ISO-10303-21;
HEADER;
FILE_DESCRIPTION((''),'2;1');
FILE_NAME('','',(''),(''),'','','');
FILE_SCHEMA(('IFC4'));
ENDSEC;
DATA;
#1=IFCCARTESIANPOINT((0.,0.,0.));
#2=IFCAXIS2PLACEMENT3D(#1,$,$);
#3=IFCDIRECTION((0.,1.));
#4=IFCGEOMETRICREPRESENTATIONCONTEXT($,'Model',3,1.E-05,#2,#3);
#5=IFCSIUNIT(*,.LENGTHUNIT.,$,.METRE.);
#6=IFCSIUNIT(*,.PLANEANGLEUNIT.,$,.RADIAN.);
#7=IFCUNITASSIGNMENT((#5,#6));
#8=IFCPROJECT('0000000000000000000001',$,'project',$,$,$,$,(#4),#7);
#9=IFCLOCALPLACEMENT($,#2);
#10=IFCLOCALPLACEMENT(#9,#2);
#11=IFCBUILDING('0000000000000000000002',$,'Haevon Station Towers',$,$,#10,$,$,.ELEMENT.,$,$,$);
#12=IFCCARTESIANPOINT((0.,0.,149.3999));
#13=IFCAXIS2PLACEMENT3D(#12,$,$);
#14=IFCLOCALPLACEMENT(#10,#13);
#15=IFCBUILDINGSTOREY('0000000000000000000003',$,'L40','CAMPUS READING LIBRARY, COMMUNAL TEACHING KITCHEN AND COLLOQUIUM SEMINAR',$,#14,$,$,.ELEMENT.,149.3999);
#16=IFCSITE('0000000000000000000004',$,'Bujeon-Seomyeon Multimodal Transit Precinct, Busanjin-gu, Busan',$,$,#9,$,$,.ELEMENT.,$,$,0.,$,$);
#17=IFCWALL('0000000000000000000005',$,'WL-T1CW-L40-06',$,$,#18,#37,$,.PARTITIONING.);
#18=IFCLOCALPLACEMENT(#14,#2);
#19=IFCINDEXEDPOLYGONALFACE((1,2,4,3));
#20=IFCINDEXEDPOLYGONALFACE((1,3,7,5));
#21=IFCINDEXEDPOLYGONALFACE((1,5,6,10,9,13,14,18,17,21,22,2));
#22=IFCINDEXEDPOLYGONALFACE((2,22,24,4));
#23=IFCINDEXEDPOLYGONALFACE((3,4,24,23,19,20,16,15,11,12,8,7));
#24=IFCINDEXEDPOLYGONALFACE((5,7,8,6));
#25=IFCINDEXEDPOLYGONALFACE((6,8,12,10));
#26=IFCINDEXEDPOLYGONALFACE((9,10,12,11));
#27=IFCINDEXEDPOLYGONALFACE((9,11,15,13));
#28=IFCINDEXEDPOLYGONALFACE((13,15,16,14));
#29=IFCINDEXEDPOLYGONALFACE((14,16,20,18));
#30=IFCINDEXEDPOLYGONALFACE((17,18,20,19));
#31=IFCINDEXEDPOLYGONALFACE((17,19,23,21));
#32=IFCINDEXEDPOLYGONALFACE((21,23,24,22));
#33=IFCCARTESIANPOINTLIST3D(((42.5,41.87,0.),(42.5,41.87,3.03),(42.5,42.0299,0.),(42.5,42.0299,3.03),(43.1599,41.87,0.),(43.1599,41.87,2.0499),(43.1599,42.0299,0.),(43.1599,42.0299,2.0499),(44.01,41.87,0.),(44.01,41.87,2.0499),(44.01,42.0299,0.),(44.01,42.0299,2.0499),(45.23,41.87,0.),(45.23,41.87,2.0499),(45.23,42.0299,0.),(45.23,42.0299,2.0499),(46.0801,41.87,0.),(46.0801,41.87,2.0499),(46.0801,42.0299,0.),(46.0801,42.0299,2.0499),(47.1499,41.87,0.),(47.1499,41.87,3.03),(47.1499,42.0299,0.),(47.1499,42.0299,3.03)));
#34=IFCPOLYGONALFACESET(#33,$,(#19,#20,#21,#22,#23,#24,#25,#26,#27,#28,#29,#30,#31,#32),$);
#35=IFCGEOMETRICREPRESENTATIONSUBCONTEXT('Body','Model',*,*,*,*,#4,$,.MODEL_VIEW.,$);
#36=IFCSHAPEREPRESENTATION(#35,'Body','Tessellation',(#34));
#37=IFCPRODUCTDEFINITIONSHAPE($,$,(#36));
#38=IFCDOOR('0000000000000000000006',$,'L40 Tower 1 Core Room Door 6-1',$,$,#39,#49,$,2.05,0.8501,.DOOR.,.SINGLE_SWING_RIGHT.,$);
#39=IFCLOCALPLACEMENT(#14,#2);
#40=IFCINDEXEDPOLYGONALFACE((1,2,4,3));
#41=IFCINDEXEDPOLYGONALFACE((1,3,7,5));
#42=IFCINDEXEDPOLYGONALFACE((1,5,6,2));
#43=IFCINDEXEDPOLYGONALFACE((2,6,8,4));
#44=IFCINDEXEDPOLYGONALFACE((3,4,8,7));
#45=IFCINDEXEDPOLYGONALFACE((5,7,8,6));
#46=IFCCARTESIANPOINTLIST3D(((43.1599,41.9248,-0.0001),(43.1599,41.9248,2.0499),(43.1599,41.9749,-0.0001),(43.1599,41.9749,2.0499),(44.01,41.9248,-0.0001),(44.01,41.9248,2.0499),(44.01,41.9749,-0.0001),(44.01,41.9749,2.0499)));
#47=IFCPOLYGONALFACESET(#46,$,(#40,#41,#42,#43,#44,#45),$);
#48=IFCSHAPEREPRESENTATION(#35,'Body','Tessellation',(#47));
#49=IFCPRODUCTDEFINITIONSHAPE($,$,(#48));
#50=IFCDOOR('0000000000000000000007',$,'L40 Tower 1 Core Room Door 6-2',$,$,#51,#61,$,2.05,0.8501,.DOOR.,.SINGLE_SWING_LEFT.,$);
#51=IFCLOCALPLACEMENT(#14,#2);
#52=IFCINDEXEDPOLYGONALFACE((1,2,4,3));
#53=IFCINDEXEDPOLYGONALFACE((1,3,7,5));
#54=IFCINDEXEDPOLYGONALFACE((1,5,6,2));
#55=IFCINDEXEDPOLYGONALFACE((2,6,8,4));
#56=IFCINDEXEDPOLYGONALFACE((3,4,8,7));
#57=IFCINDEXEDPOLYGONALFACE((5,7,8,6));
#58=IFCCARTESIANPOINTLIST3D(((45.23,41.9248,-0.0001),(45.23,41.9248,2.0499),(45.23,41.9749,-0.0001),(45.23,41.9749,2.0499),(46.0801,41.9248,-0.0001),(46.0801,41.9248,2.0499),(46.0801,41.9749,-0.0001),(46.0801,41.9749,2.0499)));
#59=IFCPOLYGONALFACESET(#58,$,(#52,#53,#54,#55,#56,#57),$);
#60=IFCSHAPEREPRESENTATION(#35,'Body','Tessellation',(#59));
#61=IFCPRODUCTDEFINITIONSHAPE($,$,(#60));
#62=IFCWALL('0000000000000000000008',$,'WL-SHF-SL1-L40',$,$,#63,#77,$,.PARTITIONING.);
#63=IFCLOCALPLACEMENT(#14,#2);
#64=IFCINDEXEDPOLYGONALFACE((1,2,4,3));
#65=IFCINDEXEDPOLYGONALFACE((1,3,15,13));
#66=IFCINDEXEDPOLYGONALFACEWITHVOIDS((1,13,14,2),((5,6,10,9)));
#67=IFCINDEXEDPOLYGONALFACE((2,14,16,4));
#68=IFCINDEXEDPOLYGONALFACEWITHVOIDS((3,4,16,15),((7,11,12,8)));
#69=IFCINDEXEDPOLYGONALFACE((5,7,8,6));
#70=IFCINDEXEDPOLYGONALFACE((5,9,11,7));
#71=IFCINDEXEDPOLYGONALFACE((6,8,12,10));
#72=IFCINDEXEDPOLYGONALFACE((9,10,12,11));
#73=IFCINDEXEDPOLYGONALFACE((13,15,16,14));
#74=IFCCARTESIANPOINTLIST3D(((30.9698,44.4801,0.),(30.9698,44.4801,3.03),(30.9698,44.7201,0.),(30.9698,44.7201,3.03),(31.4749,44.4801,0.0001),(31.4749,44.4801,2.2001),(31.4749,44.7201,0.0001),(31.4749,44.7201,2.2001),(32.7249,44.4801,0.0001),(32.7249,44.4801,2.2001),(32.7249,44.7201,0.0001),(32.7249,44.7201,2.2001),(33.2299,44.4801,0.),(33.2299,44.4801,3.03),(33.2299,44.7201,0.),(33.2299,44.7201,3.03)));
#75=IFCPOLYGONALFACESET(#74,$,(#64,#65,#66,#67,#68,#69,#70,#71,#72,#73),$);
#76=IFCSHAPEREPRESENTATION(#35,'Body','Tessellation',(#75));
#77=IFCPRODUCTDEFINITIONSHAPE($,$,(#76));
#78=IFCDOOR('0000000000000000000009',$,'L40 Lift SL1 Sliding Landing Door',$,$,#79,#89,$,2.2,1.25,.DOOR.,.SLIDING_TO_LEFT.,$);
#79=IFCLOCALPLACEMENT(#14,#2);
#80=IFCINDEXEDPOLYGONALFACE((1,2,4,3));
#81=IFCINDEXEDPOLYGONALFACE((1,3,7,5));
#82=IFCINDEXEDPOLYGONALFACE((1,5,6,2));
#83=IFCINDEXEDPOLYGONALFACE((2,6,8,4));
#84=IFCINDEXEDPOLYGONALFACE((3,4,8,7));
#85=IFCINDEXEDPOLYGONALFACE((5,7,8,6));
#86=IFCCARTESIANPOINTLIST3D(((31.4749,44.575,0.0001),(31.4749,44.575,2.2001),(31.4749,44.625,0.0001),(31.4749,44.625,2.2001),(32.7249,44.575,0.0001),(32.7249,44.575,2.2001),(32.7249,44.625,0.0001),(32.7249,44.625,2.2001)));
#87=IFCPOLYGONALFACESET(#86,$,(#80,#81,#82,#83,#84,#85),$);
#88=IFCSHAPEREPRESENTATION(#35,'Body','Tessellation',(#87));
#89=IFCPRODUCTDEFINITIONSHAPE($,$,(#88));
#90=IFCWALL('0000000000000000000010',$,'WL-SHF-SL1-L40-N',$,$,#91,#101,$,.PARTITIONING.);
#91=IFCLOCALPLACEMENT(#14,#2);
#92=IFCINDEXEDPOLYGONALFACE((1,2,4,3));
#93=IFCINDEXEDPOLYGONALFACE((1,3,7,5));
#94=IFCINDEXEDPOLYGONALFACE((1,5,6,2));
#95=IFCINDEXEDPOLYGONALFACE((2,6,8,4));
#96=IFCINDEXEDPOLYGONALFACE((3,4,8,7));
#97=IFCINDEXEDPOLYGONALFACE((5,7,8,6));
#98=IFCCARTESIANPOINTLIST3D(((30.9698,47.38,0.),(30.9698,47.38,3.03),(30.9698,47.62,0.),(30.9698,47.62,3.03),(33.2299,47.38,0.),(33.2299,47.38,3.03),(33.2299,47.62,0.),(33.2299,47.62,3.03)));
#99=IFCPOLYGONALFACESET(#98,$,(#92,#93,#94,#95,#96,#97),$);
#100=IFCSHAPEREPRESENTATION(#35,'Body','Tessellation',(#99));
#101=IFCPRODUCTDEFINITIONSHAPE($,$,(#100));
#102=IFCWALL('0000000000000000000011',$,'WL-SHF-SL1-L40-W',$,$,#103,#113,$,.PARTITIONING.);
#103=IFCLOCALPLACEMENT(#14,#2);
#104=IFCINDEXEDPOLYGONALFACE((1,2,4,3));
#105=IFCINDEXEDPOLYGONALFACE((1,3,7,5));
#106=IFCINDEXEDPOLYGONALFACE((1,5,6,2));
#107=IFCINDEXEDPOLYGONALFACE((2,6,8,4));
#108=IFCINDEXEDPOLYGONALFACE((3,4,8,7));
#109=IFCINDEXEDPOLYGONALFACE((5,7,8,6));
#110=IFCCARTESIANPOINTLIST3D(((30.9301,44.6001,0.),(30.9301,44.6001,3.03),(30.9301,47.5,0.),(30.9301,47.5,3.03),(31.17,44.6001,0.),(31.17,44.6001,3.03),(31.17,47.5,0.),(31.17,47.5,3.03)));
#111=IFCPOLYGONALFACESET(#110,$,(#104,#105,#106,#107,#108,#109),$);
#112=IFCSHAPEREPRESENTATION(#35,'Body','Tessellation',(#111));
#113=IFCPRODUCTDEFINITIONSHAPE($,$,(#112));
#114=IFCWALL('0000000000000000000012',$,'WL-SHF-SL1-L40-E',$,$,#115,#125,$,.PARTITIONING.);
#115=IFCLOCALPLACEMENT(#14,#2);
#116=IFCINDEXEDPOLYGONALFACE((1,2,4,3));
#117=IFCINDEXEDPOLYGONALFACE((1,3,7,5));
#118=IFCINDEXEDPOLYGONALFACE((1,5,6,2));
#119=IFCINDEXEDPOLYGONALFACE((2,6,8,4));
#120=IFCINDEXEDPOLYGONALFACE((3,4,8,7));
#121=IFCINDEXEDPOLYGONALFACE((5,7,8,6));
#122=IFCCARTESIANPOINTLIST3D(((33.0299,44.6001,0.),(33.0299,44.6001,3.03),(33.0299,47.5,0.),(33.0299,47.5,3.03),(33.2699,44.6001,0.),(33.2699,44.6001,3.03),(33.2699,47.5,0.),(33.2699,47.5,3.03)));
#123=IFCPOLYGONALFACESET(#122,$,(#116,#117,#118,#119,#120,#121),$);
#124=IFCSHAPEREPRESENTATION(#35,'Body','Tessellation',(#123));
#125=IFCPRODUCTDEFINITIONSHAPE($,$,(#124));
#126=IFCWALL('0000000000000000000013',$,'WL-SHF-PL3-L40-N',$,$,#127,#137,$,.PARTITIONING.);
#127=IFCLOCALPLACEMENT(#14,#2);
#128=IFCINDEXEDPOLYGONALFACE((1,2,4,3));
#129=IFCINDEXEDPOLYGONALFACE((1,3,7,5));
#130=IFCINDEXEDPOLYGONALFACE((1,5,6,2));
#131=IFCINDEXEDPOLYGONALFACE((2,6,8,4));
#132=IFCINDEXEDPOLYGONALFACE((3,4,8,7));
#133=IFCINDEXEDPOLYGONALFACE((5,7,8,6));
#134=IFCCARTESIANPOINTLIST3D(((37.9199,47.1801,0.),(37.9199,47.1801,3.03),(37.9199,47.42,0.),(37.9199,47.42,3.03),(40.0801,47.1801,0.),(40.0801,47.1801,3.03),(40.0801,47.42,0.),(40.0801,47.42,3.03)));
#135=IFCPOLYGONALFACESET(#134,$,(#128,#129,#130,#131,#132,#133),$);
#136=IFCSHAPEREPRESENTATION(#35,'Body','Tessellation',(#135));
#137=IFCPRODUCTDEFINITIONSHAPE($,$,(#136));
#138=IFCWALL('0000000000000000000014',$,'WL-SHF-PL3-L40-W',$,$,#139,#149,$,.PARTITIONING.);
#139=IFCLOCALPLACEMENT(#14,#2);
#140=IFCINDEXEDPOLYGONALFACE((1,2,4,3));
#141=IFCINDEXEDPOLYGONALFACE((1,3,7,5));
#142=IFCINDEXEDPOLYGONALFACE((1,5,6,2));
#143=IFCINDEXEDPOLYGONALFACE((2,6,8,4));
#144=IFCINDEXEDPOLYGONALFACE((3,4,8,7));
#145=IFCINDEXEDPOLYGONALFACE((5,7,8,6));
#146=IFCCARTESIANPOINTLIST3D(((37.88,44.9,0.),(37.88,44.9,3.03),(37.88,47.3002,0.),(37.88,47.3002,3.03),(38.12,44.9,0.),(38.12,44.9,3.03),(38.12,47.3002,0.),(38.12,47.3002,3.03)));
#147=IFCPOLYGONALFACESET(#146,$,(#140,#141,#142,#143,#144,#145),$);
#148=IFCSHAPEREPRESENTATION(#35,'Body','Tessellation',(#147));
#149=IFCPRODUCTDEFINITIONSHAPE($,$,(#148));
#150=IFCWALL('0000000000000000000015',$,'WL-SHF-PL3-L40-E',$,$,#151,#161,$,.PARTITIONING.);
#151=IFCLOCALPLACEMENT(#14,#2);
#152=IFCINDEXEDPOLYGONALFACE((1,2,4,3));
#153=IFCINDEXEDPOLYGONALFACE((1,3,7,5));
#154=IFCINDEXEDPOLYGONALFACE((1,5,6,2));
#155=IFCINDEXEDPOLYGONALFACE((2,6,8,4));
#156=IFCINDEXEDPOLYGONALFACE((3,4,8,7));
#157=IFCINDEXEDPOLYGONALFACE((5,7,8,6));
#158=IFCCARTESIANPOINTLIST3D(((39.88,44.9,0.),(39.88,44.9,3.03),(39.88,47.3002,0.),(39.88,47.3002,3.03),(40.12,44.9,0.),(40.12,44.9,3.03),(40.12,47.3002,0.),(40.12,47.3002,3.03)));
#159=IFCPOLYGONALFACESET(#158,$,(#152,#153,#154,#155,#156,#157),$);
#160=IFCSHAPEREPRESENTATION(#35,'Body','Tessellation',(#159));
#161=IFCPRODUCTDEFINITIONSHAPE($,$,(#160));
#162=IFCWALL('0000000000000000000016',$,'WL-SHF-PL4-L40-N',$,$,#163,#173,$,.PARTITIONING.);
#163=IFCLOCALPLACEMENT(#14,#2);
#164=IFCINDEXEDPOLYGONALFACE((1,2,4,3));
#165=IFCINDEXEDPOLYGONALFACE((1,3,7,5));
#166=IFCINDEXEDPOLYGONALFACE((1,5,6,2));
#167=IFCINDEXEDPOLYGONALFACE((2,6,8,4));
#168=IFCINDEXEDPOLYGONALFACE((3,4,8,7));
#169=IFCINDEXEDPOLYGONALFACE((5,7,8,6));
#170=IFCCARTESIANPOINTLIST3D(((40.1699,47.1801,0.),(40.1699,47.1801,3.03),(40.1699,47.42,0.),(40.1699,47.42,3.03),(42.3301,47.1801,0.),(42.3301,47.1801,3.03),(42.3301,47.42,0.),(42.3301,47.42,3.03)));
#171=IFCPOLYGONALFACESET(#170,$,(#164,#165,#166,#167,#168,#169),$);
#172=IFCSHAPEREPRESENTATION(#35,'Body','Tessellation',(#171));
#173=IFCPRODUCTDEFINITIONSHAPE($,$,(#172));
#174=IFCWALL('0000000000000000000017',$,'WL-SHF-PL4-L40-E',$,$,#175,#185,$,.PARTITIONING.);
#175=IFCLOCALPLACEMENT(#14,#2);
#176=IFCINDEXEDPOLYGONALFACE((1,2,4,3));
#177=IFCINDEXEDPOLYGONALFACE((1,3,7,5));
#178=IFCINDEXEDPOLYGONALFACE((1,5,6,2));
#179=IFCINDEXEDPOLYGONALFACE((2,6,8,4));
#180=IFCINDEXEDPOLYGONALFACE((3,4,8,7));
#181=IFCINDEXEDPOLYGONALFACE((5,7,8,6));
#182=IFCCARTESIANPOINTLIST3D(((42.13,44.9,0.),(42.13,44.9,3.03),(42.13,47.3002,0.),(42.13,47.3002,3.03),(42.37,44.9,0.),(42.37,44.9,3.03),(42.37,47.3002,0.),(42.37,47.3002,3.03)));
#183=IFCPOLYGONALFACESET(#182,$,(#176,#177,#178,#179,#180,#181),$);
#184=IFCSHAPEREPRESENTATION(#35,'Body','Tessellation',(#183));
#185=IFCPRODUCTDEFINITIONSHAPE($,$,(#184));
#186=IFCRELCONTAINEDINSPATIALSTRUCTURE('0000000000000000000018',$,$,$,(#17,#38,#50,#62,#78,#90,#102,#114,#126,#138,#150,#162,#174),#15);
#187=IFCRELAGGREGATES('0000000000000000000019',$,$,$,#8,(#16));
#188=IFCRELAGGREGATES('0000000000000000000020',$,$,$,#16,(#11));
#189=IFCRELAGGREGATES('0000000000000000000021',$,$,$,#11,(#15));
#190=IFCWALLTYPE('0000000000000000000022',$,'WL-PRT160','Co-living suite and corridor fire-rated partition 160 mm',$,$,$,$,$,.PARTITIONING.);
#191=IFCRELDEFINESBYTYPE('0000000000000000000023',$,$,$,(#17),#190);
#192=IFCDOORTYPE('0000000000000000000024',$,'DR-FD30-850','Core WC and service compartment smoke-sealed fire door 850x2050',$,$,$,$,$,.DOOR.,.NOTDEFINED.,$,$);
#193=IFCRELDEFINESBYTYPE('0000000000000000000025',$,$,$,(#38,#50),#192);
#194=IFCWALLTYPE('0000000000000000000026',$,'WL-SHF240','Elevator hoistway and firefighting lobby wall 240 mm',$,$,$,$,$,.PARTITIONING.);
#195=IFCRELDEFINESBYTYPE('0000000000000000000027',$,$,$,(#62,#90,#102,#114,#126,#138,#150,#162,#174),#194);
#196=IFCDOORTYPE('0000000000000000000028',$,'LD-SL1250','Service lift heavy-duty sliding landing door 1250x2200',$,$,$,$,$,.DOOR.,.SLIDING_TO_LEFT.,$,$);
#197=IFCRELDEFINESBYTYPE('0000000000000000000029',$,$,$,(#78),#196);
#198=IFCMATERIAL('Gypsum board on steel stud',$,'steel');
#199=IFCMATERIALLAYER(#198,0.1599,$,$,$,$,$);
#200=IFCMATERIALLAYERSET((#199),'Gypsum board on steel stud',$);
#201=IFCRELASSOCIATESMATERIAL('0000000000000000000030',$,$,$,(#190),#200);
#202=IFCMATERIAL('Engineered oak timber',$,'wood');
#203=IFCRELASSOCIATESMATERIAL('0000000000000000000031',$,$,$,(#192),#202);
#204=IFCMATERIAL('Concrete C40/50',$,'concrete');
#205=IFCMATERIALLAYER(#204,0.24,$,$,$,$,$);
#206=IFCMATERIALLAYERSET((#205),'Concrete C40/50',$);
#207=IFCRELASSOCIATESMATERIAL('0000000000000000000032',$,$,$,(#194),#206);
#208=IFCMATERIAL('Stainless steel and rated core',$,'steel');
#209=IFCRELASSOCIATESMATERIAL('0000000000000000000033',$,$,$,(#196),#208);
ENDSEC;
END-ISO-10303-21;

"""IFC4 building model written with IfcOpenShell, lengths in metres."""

from ifc_helpers import new_model, si_unit, direction, frame, frame_2d, origin, place, context, subcontext, project, spatial, rectangle, extrude, material, layer, layer_set, type_object, element, fill, save


model = new_model("IFC4")

# Units and contexts
model_context = context("Model", 3, precision=1e-05, world=origin(), true_north=direction((0.0, 1.0)))
body_context = subcontext(model_context, "Body", "Model", "MODEL_VIEW")
ifc_project = project(units=[si_unit("LENGTHUNIT", "METRE"), si_unit("PLANEANGLEUNIT", "RADIAN")], contexts=[model_context])

# Site, building, storey
site_placement = place(None, origin())
site = spatial("IfcSite", under=ifc_project, at=site_placement, Name="Bujeon-Seomyeon Multimodal Transit Precinct, Busanjin-gu, Busan", CompositionType="ELEMENT", RefElevation=0.0)
building_placement = place(site_placement, origin())
building = spatial("IfcBuilding", under=site, at=building_placement, Name="Haevon Station Towers", CompositionType="ELEMENT")
storey_placement = place(building_placement, frame((0.0, 0.0, 149.3999)))
storey = spatial("IfcBuildingStorey", under=building, at=storey_placement, Name="L40", Description="CAMPUS READING LIBRARY, COMMUNAL TEACHING KITCHEN AND COLLOQUIUM SEMINAR", CompositionType="ELEMENT", Elevation=149.3999)

# Shared definitions
ifc_material_1 = material(Name="Gypsum board on steel stud", Category="steel")
ifc_layer_1 = layer(ifc_material_1, 0.1599)
ifc_layer_set_1 = layer_set([ifc_layer_1], Name="Gypsum board on steel stud")
wall_type_1 = type_object("IfcWallType", Name="WL-PRT160", Description="Co-living suite and corridor fire-rated partition 160 mm", PredefinedType="PARTITIONING", material=ifc_layer_set_1)
ifc_material_2 = material(Name="Engineered oak timber", Category="wood")

# Wall, openings, doors
wall_1_placement = place(storey_placement, frame((42.5, 41.95, 0.0), z_axis=(0.0, 0.0, 1.0), x_axis=(1.0, 0.0, 0.0)))
wall_1 = element("IfcWall", 1, at=wall_1_placement, inside=storey, type_object=wall_type_1, Name="WL-T1CW-L40-06", PredefinedType="PARTITIONING", context=body_context, shape_type="SweptSolid", body=[
    extrude(rectangle(XDim=4.6499, YDim=0.1599, at=frame_2d((2.325, 0.0))), origin(), (0.0, 0.0, 1.0), 3.03),
])
opening_1_placement = place(wall_1_placement, frame((0.6599, 0.0, 0.0)))
opening_1 = element("IfcOpeningElement", 2, at=opening_1_placement, cuts=wall_1, PredefinedType="OPENING", context=body_context, shape_type="SweptSolid", body=[
    extrude(rectangle(XDim=0.8501, YDim=2.05, at=frame_2d((0.425, 1.0249))), frame((0.0, 0.0898, 0.0), z_axis=(0.0, -1.0, 0.0), x_axis=(1.0, 0.0, 0.0)), (0.0, 0.0, 1.0), 0.1799),
])
opening_2_placement = place(wall_1_placement, frame((2.73, 0.0, 0.0)))
opening_2 = element("IfcOpeningElement", 3, at=opening_2_placement, cuts=wall_1, PredefinedType="OPENING", context=body_context, shape_type="SweptSolid", body=[
    extrude(rectangle(XDim=0.8501, YDim=2.05, at=frame_2d((0.425, 1.0249))), frame((0.0, 0.0898, 0.0), z_axis=(0.0, -1.0, 0.0), x_axis=(1.0, 0.0, 0.0)), (0.0, 0.0, 1.0), 0.1799),
])
door_type_1 = type_object("IfcDoorType", Name="DR-FD30-850", Description="Core WC and service compartment smoke-sealed fire door 850x2050", OperationType="NOTDEFINED", PredefinedType="DOOR", material=ifc_material_2)
door_1_placement = place(opening_1_placement, origin())
door_1 = element("IfcDoor", 4, at=door_1_placement, inside=storey, type_object=door_type_1, Name="L40 Tower 1 Core Room Door 6-1", OperationType="SINGLE_SWING_RIGHT", OverallHeight=2.05, OverallWidth=0.8501, PredefinedType="DOOR", context=body_context, shape_type="SweptSolid", body=[
    extrude(rectangle(XDim=0.8501, YDim=2.05, at=frame_2d((0.425, 1.0249))), frame((0.0, 0.0249, 0.0), z_axis=(0.0, -1.0, 0.0), x_axis=(1.0, 0.0, 0.0)), (0.0, 0.0, 1.0), 0.05),
])
fill(opening_1, door_1)
door_2_placement = place(opening_2_placement, origin())
door_2 = element("IfcDoor", 5, at=door_2_placement, inside=storey, type_object=door_type_1, Name="L40 Tower 1 Core Room Door 6-2", OperationType="SINGLE_SWING_LEFT", OverallHeight=2.05, OverallWidth=0.8501, PredefinedType="DOOR", context=body_context, shape_type="SweptSolid", body=[
    extrude(rectangle(XDim=0.8501, YDim=2.05, at=frame_2d((0.425, 1.0249))), frame((0.0, 0.0249, 0.0), z_axis=(0.0, -1.0, 0.0), x_axis=(1.0, 0.0, 0.0)), (0.0, 0.0, 1.0), 0.05),
])
fill(opening_2, door_2)

# Wall, opening, door
ifc_material_3 = material(Name="Concrete C40/50", Category="concrete")
ifc_layer_2 = layer(ifc_material_3, 0.24)
ifc_layer_set_2 = layer_set([ifc_layer_2], Name="Concrete C40/50")
wall_type_2 = type_object("IfcWallType", Name="WL-SHF240", Description="Elevator hoistway and firefighting lobby wall 240 mm", PredefinedType="PARTITIONING", material=ifc_layer_set_2)
wall_2_placement = place(storey_placement, frame((30.97, 44.6001, 0.0), z_axis=(0.0, 0.0, 1.0), x_axis=(1.0, 0.0, 0.0)))
wall_2 = element("IfcWall", 6, at=wall_2_placement, inside=storey, type_object=wall_type_2, Name="WL-SHF-SL1-L40", PredefinedType="PARTITIONING", context=body_context, shape_type="SweptSolid", body=[
    extrude(rectangle(XDim=2.26, YDim=0.24, at=frame_2d((1.1299, 0.0))), origin(), (0.0, 0.0, 1.0), 3.03),
])
opening_3_placement = place(wall_2_placement, frame((0.5049, 0.0, 0.0)))
opening_3 = element("IfcOpeningElement", 7, at=opening_3_placement, cuts=wall_2, PredefinedType="OPENING", context=body_context, shape_type="SweptSolid", body=[
    extrude(rectangle(XDim=1.25, YDim=2.2, at=frame_2d((0.625, 1.1001))), frame((0.0, 0.1299, 0.0), z_axis=(0.0, -1.0, 0.0), x_axis=(1.0, 0.0, 0.0)), (0.0, 0.0, 1.0), 0.26),
])
ifc_material_4 = material(Name="Stainless steel and rated core", Category="steel")
door_type_2 = type_object("IfcDoorType", Name="LD-SL1250", Description="Service lift heavy-duty sliding landing door 1250x2200", OperationType="SLIDING_TO_LEFT", PredefinedType="DOOR", material=ifc_material_4)
door_3_placement = place(opening_3_placement, origin())
door_3 = element("IfcDoor", 8, at=door_3_placement, inside=storey, type_object=door_type_2, Name="L40 Lift SL1 Sliding Landing Door", OperationType="SLIDING_TO_LEFT", OverallHeight=2.2, OverallWidth=1.25, PredefinedType="DOOR", context=body_context, shape_type="SweptSolid", body=[
    extrude(rectangle(XDim=1.25, YDim=2.2, at=frame_2d((0.625, 1.1001))), frame((0.0, 0.0249, 0.0), z_axis=(0.0, -1.0, 0.0), x_axis=(1.0, 0.0, 0.0)), (0.0, 0.0, 1.0), 0.05),
])
fill(opening_3, door_3)

# Walls
wall_3_placement = place(storey_placement, frame((30.97, 47.5, 0.0), z_axis=(0.0, 0.0, 1.0), x_axis=(1.0, 0.0, 0.0)))
element("IfcWall", 9, at=wall_3_placement, inside=storey, type_object=wall_type_2, Name="WL-SHF-SL1-L40-N", PredefinedType="PARTITIONING", context=body_context, shape_type="SweptSolid", body=[
    extrude(rectangle(XDim=2.26, YDim=0.24, at=frame_2d((1.1299, 0.0))), origin(), (0.0, 0.0, 1.0), 3.03),
])
for number, where, z_axis, x_axis, name in (
    (10, (31.05, 44.6001, 0.0), (0.0, 0.0, 1.0), (0.0, 1.0, 0.0), "WL-SHF-SL1-L40-W"),
    (11, (33.1499, 44.6001, 0.0), (0.0, 0.0, 1.0), (0.0, 1.0, 0.0), "WL-SHF-SL1-L40-E"),
):
    element("IfcWall", number, at=place(storey_placement, frame(where, z_axis=z_axis, x_axis=x_axis)), inside=storey, type_object=wall_type_2, Name=name, PredefinedType="PARTITIONING", context=body_context, shape_type="SweptSolid", body=[
        extrude(rectangle(XDim=2.8999, YDim=0.24, at=frame_2d((1.45, 0.0))), origin(), (0.0, 0.0, 1.0), 3.03),
    ])

# Walls
wall_4_placement = place(storey_placement, frame((37.9199, 47.3, 0.0), z_axis=(0.0, 0.0, 1.0), x_axis=(1.0, 0.0, 0.0)))
element("IfcWall", 12, at=wall_4_placement, inside=storey, type_object=wall_type_2, Name="WL-SHF-PL3-L40-N", PredefinedType="PARTITIONING", context=body_context, shape_type="SweptSolid", body=[
    extrude(rectangle(XDim=2.1602, YDim=0.24, at=frame_2d((1.0801, 0.0))), origin(), (0.0, 0.0, 1.0), 3.03),
])
for number, where, z_axis, x_axis, name in (
    (13, (38.0, 44.8999, 0.0), (0.0, 0.0, 1.0), (0.0, 1.0, 0.0), "WL-SHF-PL3-L40-W"),
    (14, (40.0, 44.8999, 0.0), (0.0, 0.0, 1.0), (0.0, 1.0, 0.0), "WL-SHF-PL3-L40-E"),
):
    element("IfcWall", number, at=place(storey_placement, frame(where, z_axis=z_axis, x_axis=x_axis)), inside=storey, type_object=wall_type_2, Name=name, PredefinedType="PARTITIONING", context=body_context, shape_type="SweptSolid", body=[
        extrude(rectangle(XDim=2.4001, YDim=0.24, at=frame_2d((1.2002, 0.0))), origin(), (0.0, 0.0, 1.0), 3.03),
    ])

# Walls
wall_5_placement = place(storey_placement, frame((40.1699, 47.3, 0.0), z_axis=(0.0, 0.0, 1.0), x_axis=(1.0, 0.0, 0.0)))
element("IfcWall", 15, at=wall_5_placement, inside=storey, type_object=wall_type_2, Name="WL-SHF-PL4-L40-N", PredefinedType="PARTITIONING", context=body_context, shape_type="SweptSolid", body=[
    extrude(rectangle(XDim=2.1602, YDim=0.24, at=frame_2d((1.0801, 0.0))), origin(), (0.0, 0.0, 1.0), 3.03),
])
wall_6_placement = place(storey_placement, frame((42.25, 44.8999, 0.0), z_axis=(0.0, 0.0, 1.0), x_axis=(0.0, 1.0, 0.0)))
element("IfcWall", 16, at=wall_6_placement, inside=storey, type_object=wall_type_2, Name="WL-SHF-PL4-L40-E", PredefinedType="PARTITIONING", context=body_context, shape_type="SweptSolid", body=[
    extrude(rectangle(XDim=2.4001, YDim=0.24, at=frame_2d((1.2002, 0.0))), origin(), (0.0, 0.0, 1.0), 3.03),
])

save(model, "model.ifc")
